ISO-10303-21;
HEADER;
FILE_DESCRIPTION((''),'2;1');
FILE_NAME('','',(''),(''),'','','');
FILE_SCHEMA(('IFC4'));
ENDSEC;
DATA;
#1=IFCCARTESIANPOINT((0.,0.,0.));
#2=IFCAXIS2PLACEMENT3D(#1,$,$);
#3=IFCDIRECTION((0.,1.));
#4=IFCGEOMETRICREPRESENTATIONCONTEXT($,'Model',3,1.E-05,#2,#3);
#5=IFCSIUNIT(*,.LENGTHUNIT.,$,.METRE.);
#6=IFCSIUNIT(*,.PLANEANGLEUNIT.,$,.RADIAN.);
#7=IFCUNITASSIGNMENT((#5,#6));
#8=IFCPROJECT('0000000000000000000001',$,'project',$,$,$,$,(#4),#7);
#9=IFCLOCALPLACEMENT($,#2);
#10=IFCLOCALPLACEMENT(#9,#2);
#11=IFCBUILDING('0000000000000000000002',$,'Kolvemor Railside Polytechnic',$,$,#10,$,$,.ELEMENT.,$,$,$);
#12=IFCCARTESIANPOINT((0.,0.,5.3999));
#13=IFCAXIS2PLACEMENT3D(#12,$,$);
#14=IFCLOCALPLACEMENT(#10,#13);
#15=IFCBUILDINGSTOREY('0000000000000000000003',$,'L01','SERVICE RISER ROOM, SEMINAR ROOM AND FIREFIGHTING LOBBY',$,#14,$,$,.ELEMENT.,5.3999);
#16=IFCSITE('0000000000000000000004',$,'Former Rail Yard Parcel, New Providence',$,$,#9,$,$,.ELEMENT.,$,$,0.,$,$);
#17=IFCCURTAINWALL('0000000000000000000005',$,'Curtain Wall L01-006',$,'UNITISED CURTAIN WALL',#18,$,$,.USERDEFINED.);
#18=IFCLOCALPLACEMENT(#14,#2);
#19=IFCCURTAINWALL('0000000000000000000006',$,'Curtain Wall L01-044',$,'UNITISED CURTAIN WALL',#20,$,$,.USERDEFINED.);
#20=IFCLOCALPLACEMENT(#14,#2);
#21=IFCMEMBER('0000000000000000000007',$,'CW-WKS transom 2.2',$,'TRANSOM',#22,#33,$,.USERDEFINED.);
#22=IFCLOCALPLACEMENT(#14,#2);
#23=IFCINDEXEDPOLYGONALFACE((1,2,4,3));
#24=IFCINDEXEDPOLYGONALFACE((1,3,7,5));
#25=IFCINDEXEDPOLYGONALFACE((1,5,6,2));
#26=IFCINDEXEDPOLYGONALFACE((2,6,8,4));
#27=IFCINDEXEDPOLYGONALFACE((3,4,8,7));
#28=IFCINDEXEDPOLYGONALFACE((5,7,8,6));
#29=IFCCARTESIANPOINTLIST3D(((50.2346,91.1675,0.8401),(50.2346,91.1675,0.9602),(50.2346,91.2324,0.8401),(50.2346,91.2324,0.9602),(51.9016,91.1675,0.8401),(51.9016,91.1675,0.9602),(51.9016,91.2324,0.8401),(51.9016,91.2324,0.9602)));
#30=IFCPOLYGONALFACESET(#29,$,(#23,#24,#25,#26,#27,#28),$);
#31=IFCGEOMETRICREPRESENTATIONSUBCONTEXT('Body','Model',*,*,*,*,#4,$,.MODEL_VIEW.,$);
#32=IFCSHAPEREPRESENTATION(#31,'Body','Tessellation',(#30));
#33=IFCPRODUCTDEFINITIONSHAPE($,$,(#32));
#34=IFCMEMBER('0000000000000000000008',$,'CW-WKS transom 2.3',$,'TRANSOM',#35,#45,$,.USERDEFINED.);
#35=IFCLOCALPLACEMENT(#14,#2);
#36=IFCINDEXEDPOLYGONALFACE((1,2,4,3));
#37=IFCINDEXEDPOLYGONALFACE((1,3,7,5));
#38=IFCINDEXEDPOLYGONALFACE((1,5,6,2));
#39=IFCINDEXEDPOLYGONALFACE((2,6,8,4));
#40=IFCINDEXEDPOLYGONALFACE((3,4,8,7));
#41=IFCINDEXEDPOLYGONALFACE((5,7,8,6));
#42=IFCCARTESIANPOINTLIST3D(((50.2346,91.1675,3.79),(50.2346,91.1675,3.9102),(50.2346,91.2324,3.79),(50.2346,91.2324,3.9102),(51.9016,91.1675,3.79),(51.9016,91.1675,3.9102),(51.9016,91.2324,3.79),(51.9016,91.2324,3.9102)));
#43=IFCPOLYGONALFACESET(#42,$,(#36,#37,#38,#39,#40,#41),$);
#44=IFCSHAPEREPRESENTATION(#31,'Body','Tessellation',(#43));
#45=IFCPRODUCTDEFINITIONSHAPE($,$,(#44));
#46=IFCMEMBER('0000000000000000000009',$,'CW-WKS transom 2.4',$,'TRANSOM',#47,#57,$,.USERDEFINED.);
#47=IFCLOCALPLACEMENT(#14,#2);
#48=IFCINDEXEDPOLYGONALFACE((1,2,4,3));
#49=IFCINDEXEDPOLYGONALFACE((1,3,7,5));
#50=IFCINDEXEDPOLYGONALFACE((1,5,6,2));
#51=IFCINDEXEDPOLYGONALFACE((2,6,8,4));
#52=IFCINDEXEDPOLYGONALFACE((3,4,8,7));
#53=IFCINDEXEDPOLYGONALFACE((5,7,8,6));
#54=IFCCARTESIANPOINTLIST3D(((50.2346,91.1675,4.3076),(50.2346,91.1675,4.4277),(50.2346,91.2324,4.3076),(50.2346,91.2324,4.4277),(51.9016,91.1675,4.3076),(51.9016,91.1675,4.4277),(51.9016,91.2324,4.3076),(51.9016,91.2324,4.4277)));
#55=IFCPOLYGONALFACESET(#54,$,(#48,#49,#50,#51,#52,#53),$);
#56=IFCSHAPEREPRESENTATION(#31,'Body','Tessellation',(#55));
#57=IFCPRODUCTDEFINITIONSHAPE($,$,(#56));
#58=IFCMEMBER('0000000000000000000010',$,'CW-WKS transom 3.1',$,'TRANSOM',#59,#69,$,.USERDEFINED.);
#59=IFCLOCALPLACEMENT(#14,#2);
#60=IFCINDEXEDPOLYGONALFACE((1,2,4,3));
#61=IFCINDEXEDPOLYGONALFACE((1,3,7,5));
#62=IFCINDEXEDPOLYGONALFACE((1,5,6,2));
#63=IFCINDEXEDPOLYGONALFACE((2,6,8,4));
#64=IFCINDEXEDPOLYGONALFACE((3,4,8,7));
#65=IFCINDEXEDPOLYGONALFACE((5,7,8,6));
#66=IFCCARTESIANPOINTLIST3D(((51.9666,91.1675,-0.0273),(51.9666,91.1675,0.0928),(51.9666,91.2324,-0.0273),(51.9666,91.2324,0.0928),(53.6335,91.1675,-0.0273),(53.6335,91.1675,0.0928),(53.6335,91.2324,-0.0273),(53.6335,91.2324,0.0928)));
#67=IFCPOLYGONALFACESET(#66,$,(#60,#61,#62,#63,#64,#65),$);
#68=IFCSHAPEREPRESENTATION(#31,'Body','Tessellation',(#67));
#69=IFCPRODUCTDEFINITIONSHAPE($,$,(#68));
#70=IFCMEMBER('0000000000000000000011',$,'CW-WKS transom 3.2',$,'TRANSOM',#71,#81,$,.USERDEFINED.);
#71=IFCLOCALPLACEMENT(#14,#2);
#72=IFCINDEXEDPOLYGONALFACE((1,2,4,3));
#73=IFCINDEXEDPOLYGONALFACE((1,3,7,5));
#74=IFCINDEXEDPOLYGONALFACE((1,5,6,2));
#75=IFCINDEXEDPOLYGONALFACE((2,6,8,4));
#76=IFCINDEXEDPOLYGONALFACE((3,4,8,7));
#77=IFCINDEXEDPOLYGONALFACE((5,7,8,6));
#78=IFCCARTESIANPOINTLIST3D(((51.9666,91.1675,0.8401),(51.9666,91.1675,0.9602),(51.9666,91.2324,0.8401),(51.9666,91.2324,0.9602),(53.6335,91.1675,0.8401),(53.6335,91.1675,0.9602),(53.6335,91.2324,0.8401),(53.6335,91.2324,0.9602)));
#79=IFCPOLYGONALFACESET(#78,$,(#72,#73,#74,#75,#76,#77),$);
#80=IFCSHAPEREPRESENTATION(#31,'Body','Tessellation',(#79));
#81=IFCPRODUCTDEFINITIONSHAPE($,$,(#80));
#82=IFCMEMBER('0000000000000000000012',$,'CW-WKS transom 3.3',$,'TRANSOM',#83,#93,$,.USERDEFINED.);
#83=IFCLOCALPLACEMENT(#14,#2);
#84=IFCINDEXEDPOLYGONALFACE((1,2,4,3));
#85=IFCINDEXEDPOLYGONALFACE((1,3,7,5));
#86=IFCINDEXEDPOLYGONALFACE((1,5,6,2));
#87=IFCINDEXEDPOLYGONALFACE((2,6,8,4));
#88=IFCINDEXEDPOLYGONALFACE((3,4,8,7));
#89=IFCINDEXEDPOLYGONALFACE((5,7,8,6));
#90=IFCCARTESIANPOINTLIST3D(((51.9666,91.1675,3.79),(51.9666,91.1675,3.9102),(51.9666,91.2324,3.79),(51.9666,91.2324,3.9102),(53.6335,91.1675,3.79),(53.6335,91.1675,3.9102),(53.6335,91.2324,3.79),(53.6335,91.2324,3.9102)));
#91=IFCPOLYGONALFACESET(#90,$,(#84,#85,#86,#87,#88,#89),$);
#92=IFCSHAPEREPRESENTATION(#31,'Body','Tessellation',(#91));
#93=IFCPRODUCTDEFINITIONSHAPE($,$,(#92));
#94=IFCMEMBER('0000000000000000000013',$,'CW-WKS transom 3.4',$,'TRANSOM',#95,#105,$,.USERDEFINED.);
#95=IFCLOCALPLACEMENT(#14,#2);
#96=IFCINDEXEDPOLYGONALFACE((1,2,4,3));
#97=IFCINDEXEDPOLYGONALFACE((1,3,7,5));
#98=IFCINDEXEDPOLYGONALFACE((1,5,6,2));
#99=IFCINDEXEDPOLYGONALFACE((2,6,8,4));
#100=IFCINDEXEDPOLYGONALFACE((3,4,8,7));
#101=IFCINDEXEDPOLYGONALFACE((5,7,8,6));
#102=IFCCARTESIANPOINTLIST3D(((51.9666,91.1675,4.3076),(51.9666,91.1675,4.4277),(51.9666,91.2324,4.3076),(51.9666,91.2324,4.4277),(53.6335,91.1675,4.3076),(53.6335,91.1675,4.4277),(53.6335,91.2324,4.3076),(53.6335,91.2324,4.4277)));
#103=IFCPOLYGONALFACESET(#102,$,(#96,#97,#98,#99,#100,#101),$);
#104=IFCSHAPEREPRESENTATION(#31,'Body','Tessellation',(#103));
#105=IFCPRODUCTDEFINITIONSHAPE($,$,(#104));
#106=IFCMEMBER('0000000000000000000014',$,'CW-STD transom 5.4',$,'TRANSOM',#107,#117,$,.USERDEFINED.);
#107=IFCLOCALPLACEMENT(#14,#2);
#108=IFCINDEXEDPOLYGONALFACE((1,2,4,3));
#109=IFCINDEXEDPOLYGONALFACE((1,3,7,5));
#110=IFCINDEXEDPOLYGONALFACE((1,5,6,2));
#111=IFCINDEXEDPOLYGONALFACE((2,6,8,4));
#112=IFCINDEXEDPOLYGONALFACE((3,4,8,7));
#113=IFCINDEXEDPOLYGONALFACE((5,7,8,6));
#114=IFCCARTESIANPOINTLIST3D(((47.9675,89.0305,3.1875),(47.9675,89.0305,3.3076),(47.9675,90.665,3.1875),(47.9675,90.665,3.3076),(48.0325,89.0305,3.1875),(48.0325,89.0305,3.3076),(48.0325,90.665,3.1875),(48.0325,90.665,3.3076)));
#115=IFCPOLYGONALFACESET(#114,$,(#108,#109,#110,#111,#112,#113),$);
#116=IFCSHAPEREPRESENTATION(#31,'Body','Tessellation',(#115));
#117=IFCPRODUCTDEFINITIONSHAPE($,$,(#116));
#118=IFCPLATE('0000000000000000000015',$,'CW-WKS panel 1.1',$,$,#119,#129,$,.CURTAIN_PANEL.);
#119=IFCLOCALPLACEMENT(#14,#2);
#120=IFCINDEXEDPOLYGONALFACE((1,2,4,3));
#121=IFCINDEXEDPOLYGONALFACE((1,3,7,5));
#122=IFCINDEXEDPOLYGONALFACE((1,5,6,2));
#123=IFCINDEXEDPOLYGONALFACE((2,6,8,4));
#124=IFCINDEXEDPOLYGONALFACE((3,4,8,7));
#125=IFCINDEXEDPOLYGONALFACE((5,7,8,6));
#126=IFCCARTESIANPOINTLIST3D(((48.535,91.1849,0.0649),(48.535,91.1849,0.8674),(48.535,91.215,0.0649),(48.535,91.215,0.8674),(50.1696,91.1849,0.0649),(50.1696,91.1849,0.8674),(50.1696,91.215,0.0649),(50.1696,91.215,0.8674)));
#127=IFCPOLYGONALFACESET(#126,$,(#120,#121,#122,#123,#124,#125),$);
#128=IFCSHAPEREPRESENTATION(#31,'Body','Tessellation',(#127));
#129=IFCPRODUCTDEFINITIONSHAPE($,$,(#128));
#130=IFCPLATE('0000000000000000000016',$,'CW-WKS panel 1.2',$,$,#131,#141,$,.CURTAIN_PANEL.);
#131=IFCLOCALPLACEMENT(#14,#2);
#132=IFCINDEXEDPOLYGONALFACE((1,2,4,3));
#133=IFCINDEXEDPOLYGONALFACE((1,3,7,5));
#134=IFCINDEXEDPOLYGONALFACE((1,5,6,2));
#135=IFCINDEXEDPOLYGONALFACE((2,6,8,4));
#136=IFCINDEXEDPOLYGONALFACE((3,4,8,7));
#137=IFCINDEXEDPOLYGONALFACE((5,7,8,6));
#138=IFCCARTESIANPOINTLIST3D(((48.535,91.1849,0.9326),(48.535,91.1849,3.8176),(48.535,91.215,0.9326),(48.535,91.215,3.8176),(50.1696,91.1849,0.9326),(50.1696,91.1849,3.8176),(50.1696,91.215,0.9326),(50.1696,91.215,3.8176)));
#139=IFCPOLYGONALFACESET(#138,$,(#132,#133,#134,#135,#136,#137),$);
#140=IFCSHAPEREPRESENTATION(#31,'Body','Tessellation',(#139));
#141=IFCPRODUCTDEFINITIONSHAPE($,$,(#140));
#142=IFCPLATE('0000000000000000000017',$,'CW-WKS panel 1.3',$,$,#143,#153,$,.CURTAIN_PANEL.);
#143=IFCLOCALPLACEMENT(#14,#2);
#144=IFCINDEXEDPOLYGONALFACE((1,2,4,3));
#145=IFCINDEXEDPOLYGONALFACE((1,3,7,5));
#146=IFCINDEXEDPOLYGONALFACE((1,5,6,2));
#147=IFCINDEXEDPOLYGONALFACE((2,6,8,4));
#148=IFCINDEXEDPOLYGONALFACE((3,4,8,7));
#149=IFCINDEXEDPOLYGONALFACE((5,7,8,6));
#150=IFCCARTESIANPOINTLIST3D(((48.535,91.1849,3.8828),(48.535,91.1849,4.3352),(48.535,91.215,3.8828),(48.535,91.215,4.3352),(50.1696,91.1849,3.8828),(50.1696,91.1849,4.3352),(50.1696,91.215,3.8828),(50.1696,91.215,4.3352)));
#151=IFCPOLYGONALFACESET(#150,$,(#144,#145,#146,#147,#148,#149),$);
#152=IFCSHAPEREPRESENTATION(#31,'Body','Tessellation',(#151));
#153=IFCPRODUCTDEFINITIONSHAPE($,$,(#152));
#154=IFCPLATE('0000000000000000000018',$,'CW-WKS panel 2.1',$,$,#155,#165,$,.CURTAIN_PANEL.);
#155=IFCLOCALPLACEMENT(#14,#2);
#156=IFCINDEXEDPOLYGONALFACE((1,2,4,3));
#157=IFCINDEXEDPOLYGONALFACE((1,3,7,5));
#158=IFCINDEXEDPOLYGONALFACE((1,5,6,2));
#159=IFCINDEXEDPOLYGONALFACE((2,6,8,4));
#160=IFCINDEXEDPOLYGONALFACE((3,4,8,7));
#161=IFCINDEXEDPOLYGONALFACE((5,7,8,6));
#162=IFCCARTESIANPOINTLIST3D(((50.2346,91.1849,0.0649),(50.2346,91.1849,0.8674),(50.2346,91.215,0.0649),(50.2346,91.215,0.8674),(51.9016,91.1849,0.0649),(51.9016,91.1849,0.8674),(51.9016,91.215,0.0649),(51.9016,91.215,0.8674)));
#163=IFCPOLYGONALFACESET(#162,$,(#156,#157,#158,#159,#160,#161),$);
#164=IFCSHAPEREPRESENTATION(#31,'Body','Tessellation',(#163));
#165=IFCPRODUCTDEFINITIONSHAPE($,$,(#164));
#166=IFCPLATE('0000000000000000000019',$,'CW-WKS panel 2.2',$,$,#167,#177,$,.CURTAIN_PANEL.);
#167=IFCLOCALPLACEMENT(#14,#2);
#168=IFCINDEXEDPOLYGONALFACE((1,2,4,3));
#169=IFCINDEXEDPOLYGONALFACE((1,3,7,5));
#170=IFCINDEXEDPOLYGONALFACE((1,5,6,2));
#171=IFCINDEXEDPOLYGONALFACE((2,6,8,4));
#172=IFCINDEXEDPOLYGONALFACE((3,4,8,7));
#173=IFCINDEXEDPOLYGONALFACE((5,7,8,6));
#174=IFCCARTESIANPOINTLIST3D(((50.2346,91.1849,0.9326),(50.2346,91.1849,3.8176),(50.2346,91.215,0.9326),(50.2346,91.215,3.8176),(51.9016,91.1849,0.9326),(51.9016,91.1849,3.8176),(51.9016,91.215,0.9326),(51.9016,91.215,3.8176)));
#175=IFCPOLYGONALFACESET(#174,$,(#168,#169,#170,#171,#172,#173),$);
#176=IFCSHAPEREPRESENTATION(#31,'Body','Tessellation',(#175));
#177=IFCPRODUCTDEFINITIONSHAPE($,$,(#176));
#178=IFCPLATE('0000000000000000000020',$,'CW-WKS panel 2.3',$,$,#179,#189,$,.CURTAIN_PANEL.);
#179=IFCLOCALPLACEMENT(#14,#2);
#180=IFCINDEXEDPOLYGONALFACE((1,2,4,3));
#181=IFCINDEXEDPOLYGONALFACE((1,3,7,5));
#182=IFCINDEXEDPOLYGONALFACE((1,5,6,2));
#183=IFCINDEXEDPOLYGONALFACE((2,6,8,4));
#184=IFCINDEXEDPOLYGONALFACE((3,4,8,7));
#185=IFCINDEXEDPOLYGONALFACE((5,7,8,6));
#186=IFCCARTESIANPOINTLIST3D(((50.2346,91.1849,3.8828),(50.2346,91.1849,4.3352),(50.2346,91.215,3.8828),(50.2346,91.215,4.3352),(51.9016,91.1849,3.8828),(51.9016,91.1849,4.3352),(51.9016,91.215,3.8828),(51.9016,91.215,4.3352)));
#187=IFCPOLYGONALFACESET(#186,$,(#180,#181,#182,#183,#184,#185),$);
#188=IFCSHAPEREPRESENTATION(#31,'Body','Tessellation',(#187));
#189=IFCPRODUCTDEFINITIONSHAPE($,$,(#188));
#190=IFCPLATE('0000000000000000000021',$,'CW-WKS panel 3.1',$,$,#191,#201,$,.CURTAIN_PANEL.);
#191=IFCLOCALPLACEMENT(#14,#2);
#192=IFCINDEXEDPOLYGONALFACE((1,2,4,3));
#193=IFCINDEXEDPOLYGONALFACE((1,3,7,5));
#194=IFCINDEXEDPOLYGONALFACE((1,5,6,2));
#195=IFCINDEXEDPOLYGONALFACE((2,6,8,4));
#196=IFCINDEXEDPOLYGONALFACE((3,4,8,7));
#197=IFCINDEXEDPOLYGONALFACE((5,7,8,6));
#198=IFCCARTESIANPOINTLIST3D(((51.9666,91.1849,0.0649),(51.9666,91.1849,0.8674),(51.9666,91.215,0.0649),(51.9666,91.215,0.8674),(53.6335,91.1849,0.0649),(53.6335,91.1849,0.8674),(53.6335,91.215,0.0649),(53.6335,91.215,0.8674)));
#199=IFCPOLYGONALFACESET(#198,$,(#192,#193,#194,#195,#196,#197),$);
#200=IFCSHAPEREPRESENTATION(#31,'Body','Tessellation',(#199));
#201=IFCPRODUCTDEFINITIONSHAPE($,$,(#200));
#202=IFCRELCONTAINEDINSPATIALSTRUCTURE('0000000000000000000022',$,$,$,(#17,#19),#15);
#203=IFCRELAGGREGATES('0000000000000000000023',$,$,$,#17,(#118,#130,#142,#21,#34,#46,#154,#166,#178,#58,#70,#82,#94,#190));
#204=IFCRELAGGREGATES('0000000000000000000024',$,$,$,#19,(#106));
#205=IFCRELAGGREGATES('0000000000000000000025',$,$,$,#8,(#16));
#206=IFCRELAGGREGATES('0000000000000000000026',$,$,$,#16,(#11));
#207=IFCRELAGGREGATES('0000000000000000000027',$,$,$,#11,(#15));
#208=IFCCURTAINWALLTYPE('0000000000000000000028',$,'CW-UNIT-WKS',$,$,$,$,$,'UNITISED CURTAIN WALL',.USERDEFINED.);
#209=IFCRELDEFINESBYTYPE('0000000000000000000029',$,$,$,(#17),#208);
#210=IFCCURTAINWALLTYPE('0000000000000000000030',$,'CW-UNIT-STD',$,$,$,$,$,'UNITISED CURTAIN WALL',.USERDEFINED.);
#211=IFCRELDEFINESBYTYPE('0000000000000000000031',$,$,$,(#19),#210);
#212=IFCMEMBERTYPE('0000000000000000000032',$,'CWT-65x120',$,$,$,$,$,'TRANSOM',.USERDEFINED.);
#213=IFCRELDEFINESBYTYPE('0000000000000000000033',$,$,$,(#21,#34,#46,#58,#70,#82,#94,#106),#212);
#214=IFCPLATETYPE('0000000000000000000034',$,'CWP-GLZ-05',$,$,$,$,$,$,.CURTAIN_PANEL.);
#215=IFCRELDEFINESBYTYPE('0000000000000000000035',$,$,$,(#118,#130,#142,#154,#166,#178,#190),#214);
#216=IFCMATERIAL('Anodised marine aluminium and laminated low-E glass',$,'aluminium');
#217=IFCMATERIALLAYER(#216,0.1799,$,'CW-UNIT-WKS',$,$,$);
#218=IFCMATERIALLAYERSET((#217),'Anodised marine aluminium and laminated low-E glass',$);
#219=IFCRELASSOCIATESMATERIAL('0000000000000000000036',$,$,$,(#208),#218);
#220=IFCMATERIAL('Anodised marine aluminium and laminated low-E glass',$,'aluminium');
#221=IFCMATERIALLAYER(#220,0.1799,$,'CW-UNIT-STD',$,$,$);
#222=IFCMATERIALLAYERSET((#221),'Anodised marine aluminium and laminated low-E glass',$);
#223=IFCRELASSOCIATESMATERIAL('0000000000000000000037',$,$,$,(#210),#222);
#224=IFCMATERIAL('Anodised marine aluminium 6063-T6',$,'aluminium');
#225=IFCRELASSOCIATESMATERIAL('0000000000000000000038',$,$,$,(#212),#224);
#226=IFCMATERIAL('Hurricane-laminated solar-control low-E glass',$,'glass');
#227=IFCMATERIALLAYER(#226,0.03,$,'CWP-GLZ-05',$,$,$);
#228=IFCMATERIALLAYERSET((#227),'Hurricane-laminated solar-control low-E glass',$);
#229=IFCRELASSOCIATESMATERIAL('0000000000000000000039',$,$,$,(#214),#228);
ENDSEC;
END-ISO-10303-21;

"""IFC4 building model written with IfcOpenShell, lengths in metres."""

from ifc_helpers import new_model, si_unit, direction, frame, origin, origin_2d, place, context, subcontext, project, spatial, rectangle, extrude, material, layer, layer_set, material_profile, profile_set, type_object, element, aggregate, save


model = new_model("IFC4")

# Units and contexts
model_context = context("Model", 3, precision=1e-05, world=origin(), true_north=direction((0.0, 1.0)))
body_context = subcontext(model_context, "Body", "Model", "MODEL_VIEW")
ifc_project = project(units=[si_unit("LENGTHUNIT", "METRE"), si_unit("PLANEANGLEUNIT", "RADIAN")], contexts=[model_context])

# Site, building, storey
site_placement = place(None, origin())
site = spatial("IfcSite", under=ifc_project, at=site_placement, Name="Former Rail Yard Parcel, New Providence", CompositionType="ELEMENT", RefElevation=0.0)
building_placement = place(site_placement, origin())
building = spatial("IfcBuilding", under=site, at=building_placement, Name="Kolvemor Railside Polytechnic", CompositionType="ELEMENT")
storey_placement = place(building_placement, frame((0.0, 0.0, 5.3999)))
storey = spatial("IfcBuildingStorey", under=building, at=storey_placement, Name="L01", Description="SERVICE RISER ROOM, SEMINAR ROOM AND FIREFIGHTING LOBBY", CompositionType="ELEMENT", Elevation=5.3999)

# Curtain wall
ifc_material_1 = material(Name="Anodised marine aluminium and laminated low-E glass", Category="aluminium")
ifc_layer_1 = layer(ifc_material_1, 0.1799, Name="CW-UNIT-WKS")
ifc_layer_set_1 = layer_set([ifc_layer_1], Name="Anodised marine aluminium and laminated low-E glass")
curtain_wall_type_1 = type_object("IfcCurtainWallType", Name="CW-UNIT-WKS", ElementType="UNITISED CURTAIN WALL", PredefinedType="USERDEFINED", material=ifc_layer_set_1)
curtain_wall_1_placement = place(storey_placement, origin())
curtain_wall_1 = element("IfcCurtainWall", 1, at=curtain_wall_1_placement, inside=storey, type_object=curtain_wall_type_1, Name="Curtain Wall L01-006", ObjectType="UNITISED CURTAIN WALL", PredefinedType="USERDEFINED")

# Curtain wall
ifc_material_2 = material(Name="Anodised marine aluminium and laminated low-E glass", Category="aluminium")
ifc_layer_2 = layer(ifc_material_2, 0.1799, Name="CW-UNIT-STD")
ifc_layer_set_2 = layer_set([ifc_layer_2], Name="Anodised marine aluminium and laminated low-E glass")
curtain_wall_type_2 = type_object("IfcCurtainWallType", Name="CW-UNIT-STD", ElementType="UNITISED CURTAIN WALL", PredefinedType="USERDEFINED", material=ifc_layer_set_2)
curtain_wall_2_placement = place(storey_placement, origin())
curtain_wall_2 = element("IfcCurtainWall", 2, at=curtain_wall_2_placement, inside=storey, type_object=curtain_wall_type_2, Name="Curtain Wall L01-044", ObjectType="UNITISED CURTAIN WALL", PredefinedType="USERDEFINED")

# Members
ifc_material_3 = material(Name="Anodised marine aluminium 6063-T6", Category="aluminium")
ifc_material_profile_1 = material_profile(ifc_material_3, rectangle(XDim=0.0649, YDim=0.1201, at=origin_2d()), Name="CW-TRN-65x120")
ifc_profile_set_1 = profile_set([ifc_material_profile_1], Name="Anodised marine aluminium 6063-T6")
member_type_1 = type_object("IfcMemberType", Name="CWT-65x120", ElementType="TRANSOM", PredefinedType="USERDEFINED", material=ifc_profile_set_1)
member_1_placement = place(storey_placement, frame((50.2346, 91.2, 0.9001), z_axis=(1.0, 0.0, 0.0), x_axis=(0.0, 1.0, 0.0)))
member_1 = element("IfcMember", 3, at=member_1_placement, type_object=member_type_1, Name="CW-WKS transom 2.2", ObjectType="TRANSOM", PredefinedType="USERDEFINED", context=body_context, shape_type="SweptSolid", body=[
    extrude(rectangle(XDim=0.0649, YDim=0.1201, at=origin_2d()), origin(), (0.0, 0.0, 1.0), 1.667),
])
member_2_placement = place(storey_placement, frame((50.2346, 91.2, 3.8501), z_axis=(1.0, 0.0, 0.0), x_axis=(0.0, 1.0, 0.0)))
member_2 = element("IfcMember", 4, at=member_2_placement, type_object=member_type_1, Name="CW-WKS transom 2.3", ObjectType="TRANSOM", PredefinedType="USERDEFINED", context=body_context, shape_type="SweptSolid", body=[
    extrude(rectangle(XDim=0.0649, YDim=0.1201, at=origin_2d()), origin(), (0.0, 0.0, 1.0), 1.667),
])
member_3_placement = place(storey_placement, frame((50.2346, 91.2, 4.3677), z_axis=(1.0, 0.0, 0.0), x_axis=(0.0, 1.0, 0.0)))
member_3 = element("IfcMember", 5, at=member_3_placement, type_object=member_type_1, Name="CW-WKS transom 2.4", ObjectType="TRANSOM", PredefinedType="USERDEFINED", context=body_context, shape_type="SweptSolid", body=[
    extrude(rectangle(XDim=0.0649, YDim=0.1201, at=origin_2d()), origin(), (0.0, 0.0, 1.0), 1.667),
])
member_4_placement = place(storey_placement, frame((51.9666, 91.2, 0.0327), z_axis=(1.0, 0.0, 0.0), x_axis=(0.0, 1.0, 0.0)))
member_4 = element("IfcMember", 6, at=member_4_placement, type_object=member_type_1, Name="CW-WKS transom 3.1", ObjectType="TRANSOM", PredefinedType="USERDEFINED", context=body_context, shape_type="SweptSolid", body=[
    extrude(rectangle(XDim=0.0649, YDim=0.1201, at=origin_2d()), origin(), (0.0, 0.0, 1.0), 1.667),
])
member_5_placement = place(storey_placement, frame((51.9666, 91.2, 0.9001), z_axis=(1.0, 0.0, 0.0), x_axis=(0.0, 1.0, 0.0)))
member_5 = element("IfcMember", 7, at=member_5_placement, type_object=member_type_1, Name="CW-WKS transom 3.2", ObjectType="TRANSOM", PredefinedType="USERDEFINED", context=body_context, shape_type="SweptSolid", body=[
    extrude(rectangle(XDim=0.0649, YDim=0.1201, at=origin_2d()), origin(), (0.0, 0.0, 1.0), 1.667),
])
member_6_placement = place(storey_placement, frame((51.9666, 91.2, 3.8501), z_axis=(1.0, 0.0, 0.0), x_axis=(0.0, 1.0, 0.0)))
member_6 = element("IfcMember", 8, at=member_6_placement, type_object=member_type_1, Name="CW-WKS transom 3.3", ObjectType="TRANSOM", PredefinedType="USERDEFINED", context=body_context, shape_type="SweptSolid", body=[
    extrude(rectangle(XDim=0.0649, YDim=0.1201, at=origin_2d()), origin(), (0.0, 0.0, 1.0), 1.667),
])
member_7_placement = place(storey_placement, frame((51.9666, 91.2, 4.3677), z_axis=(1.0, 0.0, 0.0), x_axis=(0.0, 1.0, 0.0)))
member_7 = element("IfcMember", 9, at=member_7_placement, type_object=member_type_1, Name="CW-WKS transom 3.4", ObjectType="TRANSOM", PredefinedType="USERDEFINED", context=body_context, shape_type="SweptSolid", body=[
    extrude(rectangle(XDim=0.0649, YDim=0.1201, at=origin_2d()), origin(), (0.0, 0.0, 1.0), 1.667),
])
member_8_placement = place(storey_placement, frame((48.0, 89.0305, 3.2476), z_axis=(0.0, 1.0, 0.0), x_axis=(-1.0, 0.0, 0.0)))
member_8 = element("IfcMember", 10, at=member_8_placement, type_object=member_type_1, Name="CW-STD transom 5.4", ObjectType="TRANSOM", PredefinedType="USERDEFINED", context=body_context, shape_type="SweptSolid", body=[
    extrude(rectangle(XDim=0.0649, YDim=0.1201, at=origin_2d()), origin(), (0.0, 0.0, 1.0), 1.6345),
])

# Plates
ifc_material_4 = material(Name="Hurricane-laminated solar-control low-E glass", Category="glass")
ifc_layer_3 = layer(ifc_material_4, 0.03, Name="CWP-GLZ-05")
ifc_layer_set_3 = layer_set([ifc_layer_3], Name="Hurricane-laminated solar-control low-E glass")
plate_type_1 = type_object("IfcPlateType", Name="CWP-GLZ-05", PredefinedType="CURTAIN_PANEL", material=ifc_layer_set_3)
plate_1_placement = place(storey_placement, frame((49.3523, 91.2, 0.0649), z_axis=(0.0, 0.0, 1.0), x_axis=(1.0, 0.0, 0.0)))
plate_1 = element("IfcPlate", 11, at=plate_1_placement, type_object=plate_type_1, Name="CW-WKS panel 1.1", PredefinedType="CURTAIN_PANEL", context=body_context, shape_type="SweptSolid", body=[
    extrude(rectangle(XDim=1.6345, YDim=0.03, at=origin_2d()), origin(), (0.0, 0.0, 1.0), 0.8025),
])
plate_2_placement = place(storey_placement, frame((49.3523, 91.2, 0.9326), z_axis=(0.0, 0.0, 1.0), x_axis=(1.0, 0.0, 0.0)))
plate_2 = element("IfcPlate", 12, at=plate_2_placement, type_object=plate_type_1, Name="CW-WKS panel 1.2", PredefinedType="CURTAIN_PANEL", context=body_context, shape_type="SweptSolid", body=[
    extrude(rectangle(XDim=1.6345, YDim=0.03, at=origin_2d()), origin(), (0.0, 0.0, 1.0), 2.885),
])
plate_3_placement = place(storey_placement, frame((49.3523, 91.2, 3.8828), z_axis=(0.0, 0.0, 1.0), x_axis=(1.0, 0.0, 0.0)))
plate_3 = element("IfcPlate", 13, at=plate_3_placement, type_object=plate_type_1, Name="CW-WKS panel 1.3", PredefinedType="CURTAIN_PANEL", context=body_context, shape_type="SweptSolid", body=[
    extrude(rectangle(XDim=1.6345, YDim=0.03, at=origin_2d()), origin(), (0.0, 0.0, 1.0), 0.4524),
])
plate_4_placement = place(storey_placement, frame((51.0681, 91.2, 0.0649), z_axis=(0.0, 0.0, 1.0), x_axis=(1.0, 0.0, 0.0)))
plate_4 = element("IfcPlate", 14, at=plate_4_placement, type_object=plate_type_1, Name="CW-WKS panel 2.1", PredefinedType="CURTAIN_PANEL", context=body_context, shape_type="SweptSolid", body=[
    extrude(rectangle(XDim=1.667, YDim=0.03, at=origin_2d()), origin(), (0.0, 0.0, 1.0), 0.8025),
])
plate_5_placement = place(storey_placement, frame((51.0681, 91.2, 0.9326), z_axis=(0.0, 0.0, 1.0), x_axis=(1.0, 0.0, 0.0)))
plate_5 = element("IfcPlate", 15, at=plate_5_placement, type_object=plate_type_1, Name="CW-WKS panel 2.2", PredefinedType="CURTAIN_PANEL", context=body_context, shape_type="SweptSolid", body=[
    extrude(rectangle(XDim=1.667, YDim=0.03, at=origin_2d()), origin(), (0.0, 0.0, 1.0), 2.885),
])
plate_6_placement = place(storey_placement, frame((51.0681, 91.2, 3.8828), z_axis=(0.0, 0.0, 1.0), x_axis=(1.0, 0.0, 0.0)))
plate_6 = element("IfcPlate", 16, at=plate_6_placement, type_object=plate_type_1, Name="CW-WKS panel 2.3", PredefinedType="CURTAIN_PANEL", context=body_context, shape_type="SweptSolid", body=[
    extrude(rectangle(XDim=1.667, YDim=0.03, at=origin_2d()), origin(), (0.0, 0.0, 1.0), 0.4524),
])
plate_7_placement = place(storey_placement, frame((52.8, 91.2, 0.0649), z_axis=(0.0, 0.0, 1.0), x_axis=(1.0, 0.0, 0.0)))
plate_7 = element("IfcPlate", 17, at=plate_7_placement, type_object=plate_type_1, Name="CW-WKS panel 3.1", PredefinedType="CURTAIN_PANEL", context=body_context, shape_type="SweptSolid", body=[
    extrude(rectangle(XDim=1.667, YDim=0.03, at=origin_2d()), origin(), (0.0, 0.0, 1.0), 0.8025),
])
aggregate(curtain_wall_1, [plate_1, plate_2, plate_3, member_1, member_2, member_3, plate_4, plate_5, plate_6, member_4, member_5, member_6, member_7, plate_7])
aggregate(curtain_wall_2, [member_8])

save(model, "model.ifc")
